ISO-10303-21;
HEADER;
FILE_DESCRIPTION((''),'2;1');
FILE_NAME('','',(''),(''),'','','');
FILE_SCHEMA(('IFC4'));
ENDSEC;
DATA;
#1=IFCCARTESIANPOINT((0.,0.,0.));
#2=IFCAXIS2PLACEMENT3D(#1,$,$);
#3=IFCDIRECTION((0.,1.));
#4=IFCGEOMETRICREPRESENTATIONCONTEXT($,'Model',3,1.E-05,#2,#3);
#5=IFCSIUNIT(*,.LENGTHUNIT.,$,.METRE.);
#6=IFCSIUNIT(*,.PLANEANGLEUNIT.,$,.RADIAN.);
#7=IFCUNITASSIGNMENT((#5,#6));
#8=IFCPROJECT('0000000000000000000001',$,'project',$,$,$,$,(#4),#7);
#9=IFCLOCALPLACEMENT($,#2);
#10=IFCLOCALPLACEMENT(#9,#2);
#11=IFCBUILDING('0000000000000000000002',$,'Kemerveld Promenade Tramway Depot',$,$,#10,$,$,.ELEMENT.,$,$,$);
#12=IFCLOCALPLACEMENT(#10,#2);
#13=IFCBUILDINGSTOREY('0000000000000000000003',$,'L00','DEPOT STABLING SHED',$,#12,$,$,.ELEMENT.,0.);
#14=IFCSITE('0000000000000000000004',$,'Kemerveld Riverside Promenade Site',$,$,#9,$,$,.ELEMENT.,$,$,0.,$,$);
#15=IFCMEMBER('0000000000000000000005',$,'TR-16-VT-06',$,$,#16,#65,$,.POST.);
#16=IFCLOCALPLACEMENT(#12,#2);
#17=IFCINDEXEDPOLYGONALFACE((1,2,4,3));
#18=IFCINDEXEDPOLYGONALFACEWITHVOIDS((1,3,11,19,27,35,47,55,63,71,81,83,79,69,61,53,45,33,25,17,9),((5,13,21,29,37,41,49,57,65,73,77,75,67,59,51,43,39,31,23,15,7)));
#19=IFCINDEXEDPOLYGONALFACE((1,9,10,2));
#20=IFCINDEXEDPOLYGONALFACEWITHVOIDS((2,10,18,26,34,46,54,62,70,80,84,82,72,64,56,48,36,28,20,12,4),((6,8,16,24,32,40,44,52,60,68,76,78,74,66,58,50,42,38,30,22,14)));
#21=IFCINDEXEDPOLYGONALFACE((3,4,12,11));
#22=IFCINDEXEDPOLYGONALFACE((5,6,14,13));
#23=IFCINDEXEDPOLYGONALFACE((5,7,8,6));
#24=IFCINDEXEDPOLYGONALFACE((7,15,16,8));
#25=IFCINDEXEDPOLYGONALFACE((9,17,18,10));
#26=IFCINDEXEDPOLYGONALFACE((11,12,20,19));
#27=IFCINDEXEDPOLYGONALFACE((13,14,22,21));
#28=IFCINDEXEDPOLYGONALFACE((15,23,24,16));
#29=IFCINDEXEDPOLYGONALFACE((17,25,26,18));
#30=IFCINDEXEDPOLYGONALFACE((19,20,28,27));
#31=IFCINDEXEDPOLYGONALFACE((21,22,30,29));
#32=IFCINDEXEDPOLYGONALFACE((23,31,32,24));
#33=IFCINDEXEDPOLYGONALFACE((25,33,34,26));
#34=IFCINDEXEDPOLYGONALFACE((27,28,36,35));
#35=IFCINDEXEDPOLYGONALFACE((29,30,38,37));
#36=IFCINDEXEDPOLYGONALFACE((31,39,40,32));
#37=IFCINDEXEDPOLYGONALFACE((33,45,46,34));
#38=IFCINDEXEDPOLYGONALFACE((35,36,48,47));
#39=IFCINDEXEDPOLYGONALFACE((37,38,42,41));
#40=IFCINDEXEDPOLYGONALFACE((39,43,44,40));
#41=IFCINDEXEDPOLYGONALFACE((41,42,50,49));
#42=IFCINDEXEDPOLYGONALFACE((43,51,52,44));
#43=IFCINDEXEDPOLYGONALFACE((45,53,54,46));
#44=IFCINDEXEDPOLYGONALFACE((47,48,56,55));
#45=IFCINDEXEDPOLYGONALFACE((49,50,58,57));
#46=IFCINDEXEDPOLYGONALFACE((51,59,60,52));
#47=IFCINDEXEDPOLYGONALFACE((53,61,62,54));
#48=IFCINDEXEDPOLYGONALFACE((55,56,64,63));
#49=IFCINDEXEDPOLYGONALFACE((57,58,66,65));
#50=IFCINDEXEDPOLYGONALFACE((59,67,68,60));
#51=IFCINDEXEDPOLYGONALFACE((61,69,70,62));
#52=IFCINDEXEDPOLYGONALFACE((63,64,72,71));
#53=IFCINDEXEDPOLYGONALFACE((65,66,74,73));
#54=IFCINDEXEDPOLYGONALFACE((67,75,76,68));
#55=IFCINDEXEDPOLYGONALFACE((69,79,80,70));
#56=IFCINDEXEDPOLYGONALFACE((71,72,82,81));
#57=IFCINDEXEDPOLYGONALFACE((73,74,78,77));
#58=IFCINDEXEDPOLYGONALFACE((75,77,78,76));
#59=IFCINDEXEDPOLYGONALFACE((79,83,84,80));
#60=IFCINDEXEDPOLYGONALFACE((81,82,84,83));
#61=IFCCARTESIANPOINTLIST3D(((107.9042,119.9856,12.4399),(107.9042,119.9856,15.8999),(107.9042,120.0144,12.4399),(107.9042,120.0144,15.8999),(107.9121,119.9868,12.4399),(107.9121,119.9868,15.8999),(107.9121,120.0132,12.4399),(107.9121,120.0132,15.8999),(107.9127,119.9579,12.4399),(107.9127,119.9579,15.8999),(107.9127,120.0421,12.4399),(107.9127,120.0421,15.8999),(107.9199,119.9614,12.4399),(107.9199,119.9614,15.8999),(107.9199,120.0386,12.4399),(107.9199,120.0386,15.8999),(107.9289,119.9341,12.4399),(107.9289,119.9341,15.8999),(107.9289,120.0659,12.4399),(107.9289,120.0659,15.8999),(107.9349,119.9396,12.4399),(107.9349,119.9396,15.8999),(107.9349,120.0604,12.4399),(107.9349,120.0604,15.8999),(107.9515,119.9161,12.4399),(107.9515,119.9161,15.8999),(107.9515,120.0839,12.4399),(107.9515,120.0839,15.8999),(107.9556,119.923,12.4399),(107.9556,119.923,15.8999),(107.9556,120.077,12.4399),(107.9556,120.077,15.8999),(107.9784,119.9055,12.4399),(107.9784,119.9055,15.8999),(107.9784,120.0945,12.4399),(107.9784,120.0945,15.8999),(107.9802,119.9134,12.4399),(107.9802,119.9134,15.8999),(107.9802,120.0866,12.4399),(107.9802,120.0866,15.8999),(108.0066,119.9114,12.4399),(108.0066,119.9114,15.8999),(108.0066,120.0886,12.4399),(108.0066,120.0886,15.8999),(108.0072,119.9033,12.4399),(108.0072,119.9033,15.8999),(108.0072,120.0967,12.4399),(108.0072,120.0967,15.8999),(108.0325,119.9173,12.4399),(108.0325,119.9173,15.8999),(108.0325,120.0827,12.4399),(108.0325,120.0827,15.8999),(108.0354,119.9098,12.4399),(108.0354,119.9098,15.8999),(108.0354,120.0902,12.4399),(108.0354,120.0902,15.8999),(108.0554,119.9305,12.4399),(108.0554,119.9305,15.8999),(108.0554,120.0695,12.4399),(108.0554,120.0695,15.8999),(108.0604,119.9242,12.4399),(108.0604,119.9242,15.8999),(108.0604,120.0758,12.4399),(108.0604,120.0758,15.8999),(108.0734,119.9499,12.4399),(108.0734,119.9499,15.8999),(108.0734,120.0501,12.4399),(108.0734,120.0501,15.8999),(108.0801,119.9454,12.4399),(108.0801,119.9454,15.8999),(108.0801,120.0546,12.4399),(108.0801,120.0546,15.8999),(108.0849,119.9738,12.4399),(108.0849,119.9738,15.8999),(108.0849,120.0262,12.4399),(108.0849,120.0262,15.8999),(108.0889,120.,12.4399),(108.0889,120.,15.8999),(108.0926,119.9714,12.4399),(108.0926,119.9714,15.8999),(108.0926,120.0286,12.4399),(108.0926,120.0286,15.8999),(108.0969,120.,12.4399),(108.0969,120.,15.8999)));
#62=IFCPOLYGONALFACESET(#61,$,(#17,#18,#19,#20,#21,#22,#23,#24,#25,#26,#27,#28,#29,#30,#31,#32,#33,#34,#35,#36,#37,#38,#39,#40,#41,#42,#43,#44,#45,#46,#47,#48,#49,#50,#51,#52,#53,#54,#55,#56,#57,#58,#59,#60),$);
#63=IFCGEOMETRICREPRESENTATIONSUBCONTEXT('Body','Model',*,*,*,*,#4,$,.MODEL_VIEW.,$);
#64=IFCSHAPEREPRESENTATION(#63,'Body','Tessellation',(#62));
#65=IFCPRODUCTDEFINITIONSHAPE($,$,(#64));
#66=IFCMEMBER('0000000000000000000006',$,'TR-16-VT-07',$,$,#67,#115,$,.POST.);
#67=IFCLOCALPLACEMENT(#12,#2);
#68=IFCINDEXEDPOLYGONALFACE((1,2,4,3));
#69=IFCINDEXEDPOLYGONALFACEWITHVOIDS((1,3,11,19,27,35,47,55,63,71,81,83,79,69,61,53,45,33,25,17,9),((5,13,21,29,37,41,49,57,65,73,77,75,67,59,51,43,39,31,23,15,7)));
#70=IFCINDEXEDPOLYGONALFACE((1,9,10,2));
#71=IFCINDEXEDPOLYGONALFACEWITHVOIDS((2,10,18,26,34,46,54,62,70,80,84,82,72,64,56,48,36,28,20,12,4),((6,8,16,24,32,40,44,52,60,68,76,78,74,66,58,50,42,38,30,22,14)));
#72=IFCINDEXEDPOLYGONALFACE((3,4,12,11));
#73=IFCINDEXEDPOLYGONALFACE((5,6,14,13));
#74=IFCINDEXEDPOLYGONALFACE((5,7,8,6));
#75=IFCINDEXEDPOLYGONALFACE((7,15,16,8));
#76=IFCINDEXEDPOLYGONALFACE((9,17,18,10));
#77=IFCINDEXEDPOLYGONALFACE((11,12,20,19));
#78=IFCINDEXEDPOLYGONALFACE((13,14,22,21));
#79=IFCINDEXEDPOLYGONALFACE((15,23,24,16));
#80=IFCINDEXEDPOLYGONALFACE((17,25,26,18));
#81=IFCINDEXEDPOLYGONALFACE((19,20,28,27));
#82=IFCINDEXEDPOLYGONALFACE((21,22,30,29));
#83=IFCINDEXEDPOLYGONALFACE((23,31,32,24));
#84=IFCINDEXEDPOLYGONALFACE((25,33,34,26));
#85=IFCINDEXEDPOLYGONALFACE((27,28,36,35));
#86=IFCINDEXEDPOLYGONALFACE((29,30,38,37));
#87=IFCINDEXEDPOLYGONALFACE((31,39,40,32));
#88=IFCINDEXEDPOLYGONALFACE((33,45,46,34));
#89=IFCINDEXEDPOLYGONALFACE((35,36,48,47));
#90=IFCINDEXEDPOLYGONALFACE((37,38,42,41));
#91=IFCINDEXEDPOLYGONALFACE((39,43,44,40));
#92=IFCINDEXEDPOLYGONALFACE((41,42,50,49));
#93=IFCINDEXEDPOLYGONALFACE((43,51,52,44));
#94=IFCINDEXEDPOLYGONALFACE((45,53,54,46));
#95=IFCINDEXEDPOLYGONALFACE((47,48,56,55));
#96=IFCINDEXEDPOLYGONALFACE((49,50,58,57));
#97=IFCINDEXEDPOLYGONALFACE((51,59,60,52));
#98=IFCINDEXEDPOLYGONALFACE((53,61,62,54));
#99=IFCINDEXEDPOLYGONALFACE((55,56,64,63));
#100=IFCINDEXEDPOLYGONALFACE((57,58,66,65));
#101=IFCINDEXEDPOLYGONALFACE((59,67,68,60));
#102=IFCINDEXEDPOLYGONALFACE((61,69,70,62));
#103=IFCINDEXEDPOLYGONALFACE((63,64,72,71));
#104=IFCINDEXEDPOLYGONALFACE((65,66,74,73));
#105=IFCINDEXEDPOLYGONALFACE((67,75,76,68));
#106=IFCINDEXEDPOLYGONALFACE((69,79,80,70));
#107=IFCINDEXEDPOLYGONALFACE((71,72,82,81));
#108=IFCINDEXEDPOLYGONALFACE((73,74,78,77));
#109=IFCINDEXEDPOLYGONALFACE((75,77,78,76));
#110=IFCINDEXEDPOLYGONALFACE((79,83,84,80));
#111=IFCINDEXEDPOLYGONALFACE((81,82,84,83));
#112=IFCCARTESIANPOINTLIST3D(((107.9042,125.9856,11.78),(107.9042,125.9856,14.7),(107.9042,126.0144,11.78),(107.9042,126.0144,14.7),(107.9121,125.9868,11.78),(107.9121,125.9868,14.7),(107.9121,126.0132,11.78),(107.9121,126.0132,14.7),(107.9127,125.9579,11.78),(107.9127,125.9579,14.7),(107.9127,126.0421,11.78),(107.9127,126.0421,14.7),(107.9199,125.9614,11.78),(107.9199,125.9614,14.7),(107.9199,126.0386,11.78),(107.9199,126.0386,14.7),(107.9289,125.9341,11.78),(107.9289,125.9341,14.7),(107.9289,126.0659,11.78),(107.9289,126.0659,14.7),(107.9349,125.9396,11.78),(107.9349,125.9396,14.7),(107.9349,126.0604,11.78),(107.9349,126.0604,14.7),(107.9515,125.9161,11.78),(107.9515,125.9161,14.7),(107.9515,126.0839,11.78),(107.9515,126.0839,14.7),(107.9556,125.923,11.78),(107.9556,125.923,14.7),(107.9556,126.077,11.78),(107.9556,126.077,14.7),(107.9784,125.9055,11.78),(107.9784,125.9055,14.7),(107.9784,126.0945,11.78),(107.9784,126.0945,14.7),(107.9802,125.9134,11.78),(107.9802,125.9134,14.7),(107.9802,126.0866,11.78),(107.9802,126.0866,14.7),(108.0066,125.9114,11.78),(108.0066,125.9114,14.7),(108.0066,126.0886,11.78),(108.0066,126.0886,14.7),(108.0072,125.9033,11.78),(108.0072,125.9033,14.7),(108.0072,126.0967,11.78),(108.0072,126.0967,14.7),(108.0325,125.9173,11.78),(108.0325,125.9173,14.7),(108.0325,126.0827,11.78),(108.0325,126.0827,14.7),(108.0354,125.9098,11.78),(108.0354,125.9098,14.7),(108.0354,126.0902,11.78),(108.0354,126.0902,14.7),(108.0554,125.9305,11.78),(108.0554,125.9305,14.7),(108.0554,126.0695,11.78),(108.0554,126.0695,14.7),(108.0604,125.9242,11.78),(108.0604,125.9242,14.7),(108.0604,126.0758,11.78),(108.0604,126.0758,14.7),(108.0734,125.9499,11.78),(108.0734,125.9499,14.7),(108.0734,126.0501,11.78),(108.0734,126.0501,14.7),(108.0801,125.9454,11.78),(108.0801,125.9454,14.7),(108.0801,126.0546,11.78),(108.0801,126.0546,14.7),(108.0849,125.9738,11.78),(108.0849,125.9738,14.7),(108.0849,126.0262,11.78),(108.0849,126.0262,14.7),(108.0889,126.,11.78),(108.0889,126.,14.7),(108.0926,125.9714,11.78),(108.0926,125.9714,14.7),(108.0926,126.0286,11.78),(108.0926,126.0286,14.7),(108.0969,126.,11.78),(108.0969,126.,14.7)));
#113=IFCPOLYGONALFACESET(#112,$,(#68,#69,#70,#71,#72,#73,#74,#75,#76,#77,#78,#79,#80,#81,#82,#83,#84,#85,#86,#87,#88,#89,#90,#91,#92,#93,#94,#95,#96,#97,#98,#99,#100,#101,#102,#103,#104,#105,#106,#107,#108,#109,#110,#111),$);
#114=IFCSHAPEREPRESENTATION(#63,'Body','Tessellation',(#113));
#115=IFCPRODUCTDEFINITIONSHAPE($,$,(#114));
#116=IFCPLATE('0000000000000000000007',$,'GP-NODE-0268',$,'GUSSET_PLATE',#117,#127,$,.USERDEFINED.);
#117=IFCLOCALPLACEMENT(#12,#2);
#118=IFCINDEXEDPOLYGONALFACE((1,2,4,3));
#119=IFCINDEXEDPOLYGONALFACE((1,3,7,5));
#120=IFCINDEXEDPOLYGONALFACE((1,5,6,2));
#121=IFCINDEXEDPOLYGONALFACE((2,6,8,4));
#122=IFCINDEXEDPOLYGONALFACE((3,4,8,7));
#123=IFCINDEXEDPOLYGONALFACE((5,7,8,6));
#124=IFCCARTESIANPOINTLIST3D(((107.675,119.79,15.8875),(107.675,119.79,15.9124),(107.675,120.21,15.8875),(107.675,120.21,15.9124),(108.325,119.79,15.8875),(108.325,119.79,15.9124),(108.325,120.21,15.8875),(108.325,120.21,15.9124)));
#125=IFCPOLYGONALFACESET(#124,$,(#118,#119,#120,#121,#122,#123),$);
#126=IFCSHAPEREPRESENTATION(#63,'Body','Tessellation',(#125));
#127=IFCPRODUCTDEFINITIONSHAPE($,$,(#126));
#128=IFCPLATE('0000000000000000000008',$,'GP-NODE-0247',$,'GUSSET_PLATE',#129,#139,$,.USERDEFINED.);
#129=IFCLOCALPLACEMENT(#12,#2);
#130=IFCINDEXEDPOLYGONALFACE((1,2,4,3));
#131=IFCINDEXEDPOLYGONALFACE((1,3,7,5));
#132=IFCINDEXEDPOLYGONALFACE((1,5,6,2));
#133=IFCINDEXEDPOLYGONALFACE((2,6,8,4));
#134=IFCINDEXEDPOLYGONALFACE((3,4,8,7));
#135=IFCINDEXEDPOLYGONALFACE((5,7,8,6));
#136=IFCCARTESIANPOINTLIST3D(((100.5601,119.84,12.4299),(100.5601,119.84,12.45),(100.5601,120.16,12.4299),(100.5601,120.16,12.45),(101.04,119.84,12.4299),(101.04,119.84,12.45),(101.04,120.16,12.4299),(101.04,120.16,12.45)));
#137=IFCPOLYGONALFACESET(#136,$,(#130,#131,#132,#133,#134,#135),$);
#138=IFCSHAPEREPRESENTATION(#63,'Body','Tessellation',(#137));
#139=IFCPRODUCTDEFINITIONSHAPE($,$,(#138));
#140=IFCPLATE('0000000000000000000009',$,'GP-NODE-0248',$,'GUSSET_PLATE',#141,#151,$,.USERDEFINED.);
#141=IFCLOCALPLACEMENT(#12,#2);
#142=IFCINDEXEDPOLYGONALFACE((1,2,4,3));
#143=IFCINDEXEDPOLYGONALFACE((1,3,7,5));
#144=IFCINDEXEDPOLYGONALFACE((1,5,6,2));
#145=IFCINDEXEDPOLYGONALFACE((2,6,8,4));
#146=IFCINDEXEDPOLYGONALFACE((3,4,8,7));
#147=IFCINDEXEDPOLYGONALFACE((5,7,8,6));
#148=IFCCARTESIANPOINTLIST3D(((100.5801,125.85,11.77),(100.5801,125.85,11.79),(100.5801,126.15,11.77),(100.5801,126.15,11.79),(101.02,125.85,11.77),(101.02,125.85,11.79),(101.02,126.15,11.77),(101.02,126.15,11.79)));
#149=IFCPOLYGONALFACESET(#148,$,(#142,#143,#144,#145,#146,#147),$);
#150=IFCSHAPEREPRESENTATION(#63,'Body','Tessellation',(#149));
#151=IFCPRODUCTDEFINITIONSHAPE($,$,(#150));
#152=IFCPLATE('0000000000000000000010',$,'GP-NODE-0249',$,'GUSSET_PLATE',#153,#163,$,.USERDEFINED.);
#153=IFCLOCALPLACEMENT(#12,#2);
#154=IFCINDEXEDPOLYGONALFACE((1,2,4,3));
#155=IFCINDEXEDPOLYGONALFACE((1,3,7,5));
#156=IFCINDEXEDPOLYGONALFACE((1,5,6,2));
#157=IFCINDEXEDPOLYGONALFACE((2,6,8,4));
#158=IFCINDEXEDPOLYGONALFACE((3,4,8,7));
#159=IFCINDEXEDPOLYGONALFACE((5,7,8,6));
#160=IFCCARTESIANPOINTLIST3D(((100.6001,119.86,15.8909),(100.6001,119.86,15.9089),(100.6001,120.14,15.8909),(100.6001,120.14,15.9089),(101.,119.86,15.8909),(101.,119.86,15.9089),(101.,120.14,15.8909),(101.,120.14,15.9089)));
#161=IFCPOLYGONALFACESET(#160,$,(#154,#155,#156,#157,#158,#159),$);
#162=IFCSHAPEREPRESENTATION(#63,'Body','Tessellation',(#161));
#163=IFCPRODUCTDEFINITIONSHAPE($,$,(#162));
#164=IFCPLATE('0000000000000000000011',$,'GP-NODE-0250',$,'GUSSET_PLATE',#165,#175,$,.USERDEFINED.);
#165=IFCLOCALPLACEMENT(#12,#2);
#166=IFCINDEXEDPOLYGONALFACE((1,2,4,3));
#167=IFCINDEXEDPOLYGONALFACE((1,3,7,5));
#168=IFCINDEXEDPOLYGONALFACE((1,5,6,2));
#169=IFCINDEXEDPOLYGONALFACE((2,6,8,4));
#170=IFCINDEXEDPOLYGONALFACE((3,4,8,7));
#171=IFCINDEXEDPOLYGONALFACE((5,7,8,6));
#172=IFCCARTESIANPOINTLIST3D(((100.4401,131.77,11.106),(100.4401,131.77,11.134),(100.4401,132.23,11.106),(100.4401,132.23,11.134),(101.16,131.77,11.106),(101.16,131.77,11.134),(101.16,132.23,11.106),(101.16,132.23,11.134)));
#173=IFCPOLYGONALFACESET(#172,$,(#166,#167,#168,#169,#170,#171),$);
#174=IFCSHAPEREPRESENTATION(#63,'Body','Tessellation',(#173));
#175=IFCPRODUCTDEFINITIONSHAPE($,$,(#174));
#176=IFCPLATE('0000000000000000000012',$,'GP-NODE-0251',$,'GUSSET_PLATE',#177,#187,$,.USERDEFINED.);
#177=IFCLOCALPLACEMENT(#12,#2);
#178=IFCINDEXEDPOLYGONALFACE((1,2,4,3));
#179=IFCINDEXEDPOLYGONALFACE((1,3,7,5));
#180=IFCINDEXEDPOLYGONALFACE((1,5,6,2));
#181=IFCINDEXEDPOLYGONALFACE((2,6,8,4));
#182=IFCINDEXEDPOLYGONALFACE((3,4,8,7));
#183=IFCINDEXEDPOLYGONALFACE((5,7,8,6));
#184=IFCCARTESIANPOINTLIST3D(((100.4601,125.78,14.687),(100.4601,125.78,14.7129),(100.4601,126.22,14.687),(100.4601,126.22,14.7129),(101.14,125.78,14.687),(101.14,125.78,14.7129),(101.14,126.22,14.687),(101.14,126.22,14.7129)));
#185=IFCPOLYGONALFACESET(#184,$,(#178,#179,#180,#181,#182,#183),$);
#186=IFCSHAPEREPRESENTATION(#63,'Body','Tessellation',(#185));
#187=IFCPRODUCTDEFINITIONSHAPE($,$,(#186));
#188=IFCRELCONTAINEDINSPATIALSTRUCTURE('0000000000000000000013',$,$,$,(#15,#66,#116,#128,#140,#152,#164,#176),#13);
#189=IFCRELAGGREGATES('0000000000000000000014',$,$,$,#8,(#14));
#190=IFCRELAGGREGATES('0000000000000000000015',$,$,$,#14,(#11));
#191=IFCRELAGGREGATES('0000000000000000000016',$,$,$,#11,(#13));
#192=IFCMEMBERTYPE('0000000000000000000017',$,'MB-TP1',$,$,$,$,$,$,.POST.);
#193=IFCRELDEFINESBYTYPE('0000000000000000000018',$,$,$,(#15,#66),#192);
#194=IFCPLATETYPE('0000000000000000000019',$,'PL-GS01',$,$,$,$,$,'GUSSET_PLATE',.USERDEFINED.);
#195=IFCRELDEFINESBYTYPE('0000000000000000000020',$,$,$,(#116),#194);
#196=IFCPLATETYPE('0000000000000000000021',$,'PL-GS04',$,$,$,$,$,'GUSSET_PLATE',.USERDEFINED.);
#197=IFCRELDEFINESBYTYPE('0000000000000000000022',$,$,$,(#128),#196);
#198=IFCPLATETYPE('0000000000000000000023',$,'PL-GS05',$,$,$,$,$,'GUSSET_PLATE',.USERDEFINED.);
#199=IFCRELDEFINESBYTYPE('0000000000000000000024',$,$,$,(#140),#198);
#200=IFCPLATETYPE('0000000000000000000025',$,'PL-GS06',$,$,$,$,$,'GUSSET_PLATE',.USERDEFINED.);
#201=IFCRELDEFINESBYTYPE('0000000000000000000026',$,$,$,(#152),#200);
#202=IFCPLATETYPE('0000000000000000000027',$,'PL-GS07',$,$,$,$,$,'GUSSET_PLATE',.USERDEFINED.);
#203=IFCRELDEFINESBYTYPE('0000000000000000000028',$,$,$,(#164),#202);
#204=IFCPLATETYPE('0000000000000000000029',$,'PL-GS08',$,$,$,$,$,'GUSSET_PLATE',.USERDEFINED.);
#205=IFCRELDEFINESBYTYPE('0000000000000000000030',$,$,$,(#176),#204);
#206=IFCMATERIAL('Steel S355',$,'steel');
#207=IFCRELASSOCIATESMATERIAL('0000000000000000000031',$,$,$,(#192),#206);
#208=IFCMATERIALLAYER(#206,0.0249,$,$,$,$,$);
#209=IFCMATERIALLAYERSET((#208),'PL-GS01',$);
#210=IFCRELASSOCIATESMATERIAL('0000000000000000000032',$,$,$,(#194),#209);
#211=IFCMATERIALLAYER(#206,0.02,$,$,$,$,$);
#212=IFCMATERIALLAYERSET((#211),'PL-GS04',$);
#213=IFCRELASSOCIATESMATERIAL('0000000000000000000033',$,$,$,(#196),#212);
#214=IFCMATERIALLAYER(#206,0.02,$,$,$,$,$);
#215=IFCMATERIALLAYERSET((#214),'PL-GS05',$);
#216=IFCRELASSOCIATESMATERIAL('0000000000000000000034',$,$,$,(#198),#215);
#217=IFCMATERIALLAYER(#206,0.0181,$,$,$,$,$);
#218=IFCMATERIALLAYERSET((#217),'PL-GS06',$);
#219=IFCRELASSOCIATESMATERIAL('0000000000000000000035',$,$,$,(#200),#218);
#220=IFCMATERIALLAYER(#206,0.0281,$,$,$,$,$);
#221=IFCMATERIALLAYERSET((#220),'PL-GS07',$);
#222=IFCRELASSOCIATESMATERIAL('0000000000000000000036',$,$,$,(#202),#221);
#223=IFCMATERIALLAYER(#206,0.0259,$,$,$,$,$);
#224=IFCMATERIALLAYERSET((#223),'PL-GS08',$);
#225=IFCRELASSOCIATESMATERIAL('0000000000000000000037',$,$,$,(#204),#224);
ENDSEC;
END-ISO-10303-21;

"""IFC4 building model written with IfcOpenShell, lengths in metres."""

from ifc_helpers import new_model, si_unit, direction, frame, origin, origin_2d, place, context, subcontext, project, spatial, rectangle, hollow_circle, extrude, material, layer, layer_set, material_profile, profile_set, type_object, element, save


model = new_model("IFC4")

# Units and contexts
model_context = context("Model", 3, precision=1e-05, world=origin(), true_north=direction((0.0, 1.0)))
body_context = subcontext(model_context, "Body", "Model", "MODEL_VIEW")
ifc_project = project(units=[si_unit("LENGTHUNIT", "METRE"), si_unit("PLANEANGLEUNIT", "RADIAN")], contexts=[model_context])

# Site, building, storey
site_placement = place(None, origin())
site = spatial("IfcSite", under=ifc_project, at=site_placement, Name="Kemerveld Riverside Promenade Site", CompositionType="ELEMENT", RefElevation=0.0)
building_placement = place(site_placement, origin())
building = spatial("IfcBuilding", under=site, at=building_placement, Name="Kemerveld Promenade Tramway Depot", CompositionType="ELEMENT")
storey_placement = place(building_placement, origin())
storey = spatial("IfcBuildingStorey", under=building, at=storey_placement, Name="L00", Description="DEPOT STABLING SHED", CompositionType="ELEMENT", Elevation=0.0)

# Members
ifc_material_1 = material(Name="Steel S355", Category="steel")
ifc_material_profile_1 = material_profile(ifc_material_1, hollow_circle(Radius=0.0969, WallThickness=0.0081, at=origin_2d()), Name="193.7x8.0 CHS")
ifc_profile_set_1 = profile_set([ifc_material_profile_1], Name="Steel S355")
member_type_1 = type_object("IfcMemberType", Name="MB-TP1", PredefinedType="POST", material=ifc_profile_set_1)
member_1_placement = place(storey_placement, frame((108.0, 120.0, 12.4399), z_axis=(0.0, 0.0, 1.0), x_axis=(1.0, 0.0, 0.0)))
element("IfcMember", 1, at=member_1_placement, inside=storey, type_object=member_type_1, Name="TR-16-VT-06", PredefinedType="POST", context=body_context, shape_type="SweptSolid", body=[
    extrude(hollow_circle(Radius=0.0969, WallThickness=0.0081, at=origin_2d()), origin(), (0.0, 0.0, 1.0), 3.46),
])
member_2_placement = place(storey_placement, frame((108.0, 126.0, 11.78), z_axis=(0.0, 0.0, 1.0), x_axis=(1.0, 0.0, 0.0)))
element("IfcMember", 2, at=member_2_placement, inside=storey, type_object=member_type_1, Name="TR-16-VT-07", PredefinedType="POST", context=body_context, shape_type="SweptSolid", body=[
    extrude(hollow_circle(Radius=0.0969, WallThickness=0.0081, at=origin_2d()), origin(), (0.0, 0.0, 1.0), 2.9199),
])

# Plates
ifc_layer_1 = layer(ifc_material_1, 0.0249)
ifc_layer_set_1 = layer_set([ifc_layer_1], Name="PL-GS01")
plate_type_1 = type_object("IfcPlateType", Name="PL-GS01", ElementType="GUSSET_PLATE", PredefinedType="USERDEFINED", material=ifc_layer_set_1)
plate_1_placement = place(storey_placement, frame((108.0, 120.0, 15.8875), z_axis=(0.0, 0.0, 1.0), x_axis=(1.0, 0.0, 0.0)))
element("IfcPlate", 3, at=plate_1_placement, inside=storey, type_object=plate_type_1, Name="GP-NODE-0268", ObjectType="GUSSET_PLATE", PredefinedType="USERDEFINED", context=body_context, shape_type="SweptSolid", body=[
    extrude(rectangle(XDim=0.6499, YDim=0.4199, at=origin_2d()), origin(), (0.0, 0.0, 1.0), 0.0249),
])
ifc_layer_2 = layer(ifc_material_1, 0.02)
ifc_layer_set_2 = layer_set([ifc_layer_2], Name="PL-GS04")
plate_type_2 = type_object("IfcPlateType", Name="PL-GS04", ElementType="GUSSET_PLATE", PredefinedType="USERDEFINED", material=ifc_layer_set_2)
plate_2_placement = place(storey_placement, frame((100.8, 120.0, 12.4299), z_axis=(0.0, 0.0, 1.0), x_axis=(1.0, 0.0, 0.0)))
element("IfcPlate", 4, at=plate_2_placement, inside=storey, type_object=plate_type_2, Name="GP-NODE-0247", ObjectType="GUSSET_PLATE", PredefinedType="USERDEFINED", context=body_context, shape_type="SweptSolid", body=[
    extrude(rectangle(XDim=0.48, YDim=0.3201, at=origin_2d()), origin(), (0.0, 0.0, 1.0), 0.02),
])
ifc_layer_3 = layer(ifc_material_1, 0.02)
ifc_layer_set_3 = layer_set([ifc_layer_3], Name="PL-GS05")
plate_type_3 = type_object("IfcPlateType", Name="PL-GS05", ElementType="GUSSET_PLATE", PredefinedType="USERDEFINED", material=ifc_layer_set_3)
plate_3_placement = place(storey_placement, frame((100.8, 126.0, 11.77), z_axis=(0.0, 0.0, 1.0), x_axis=(1.0, 0.0, 0.0)))
element("IfcPlate", 5, at=plate_3_placement, inside=storey, type_object=plate_type_3, Name="GP-NODE-0248", ObjectType="GUSSET_PLATE", PredefinedType="USERDEFINED", context=body_context, shape_type="SweptSolid", body=[
    extrude(rectangle(XDim=0.4399, YDim=0.3, at=origin_2d()), origin(), (0.0, 0.0, 1.0), 0.02),
])
ifc_layer_4 = layer(ifc_material_1, 0.0181)
ifc_layer_set_4 = layer_set([ifc_layer_4], Name="PL-GS06")
plate_type_4 = type_object("IfcPlateType", Name="PL-GS06", ElementType="GUSSET_PLATE", PredefinedType="USERDEFINED", material=ifc_layer_set_4)
plate_4_placement = place(storey_placement, frame((100.8, 120.0, 15.8909), z_axis=(0.0, 0.0, 1.0), x_axis=(1.0, 0.0, 0.0)))
element("IfcPlate", 6, at=plate_4_placement, inside=storey, type_object=plate_type_4, Name="GP-NODE-0249", ObjectType="GUSSET_PLATE", PredefinedType="USERDEFINED", context=body_context, shape_type="SweptSolid", body=[
    extrude(rectangle(XDim=0.3999, YDim=0.28, at=origin_2d()), origin(), (0.0, 0.0, 1.0), 0.0181),
])
ifc_layer_5 = layer(ifc_material_1, 0.0281)
ifc_layer_set_5 = layer_set([ifc_layer_5], Name="PL-GS07")
plate_type_5 = type_object("IfcPlateType", Name="PL-GS07", ElementType="GUSSET_PLATE", PredefinedType="USERDEFINED", material=ifc_layer_set_5)
plate_5_placement = place(storey_placement, frame((100.8, 132.0, 11.106), z_axis=(0.0, 0.0, 1.0), x_axis=(1.0, 0.0, 0.0)))
element("IfcPlate", 7, at=plate_5_placement, inside=storey, type_object=plate_type_5, Name="GP-NODE-0250", ObjectType="GUSSET_PLATE", PredefinedType="USERDEFINED", context=body_context, shape_type="SweptSolid", body=[
    extrude(rectangle(XDim=0.72, YDim=0.46, at=origin_2d()), origin(), (0.0, 0.0, 1.0), 0.0281),
])
ifc_layer_6 = layer(ifc_material_1, 0.0259)
ifc_layer_set_6 = layer_set([ifc_layer_6], Name="PL-GS08")
plate_type_6 = type_object("IfcPlateType", Name="PL-GS08", ElementType="GUSSET_PLATE", PredefinedType="USERDEFINED", material=ifc_layer_set_6)
plate_6_placement = place(storey_placement, frame((100.8, 126.0, 14.687), z_axis=(0.0, 0.0, 1.0), x_axis=(1.0, 0.0, 0.0)))
element("IfcPlate", 8, at=plate_6_placement, inside=storey, type_object=plate_type_6, Name="GP-NODE-0251", ObjectType="GUSSET_PLATE", PredefinedType="USERDEFINED", context=body_context, shape_type="SweptSolid", body=[
    extrude(rectangle(XDim=0.6799, YDim=0.4399, at=origin_2d()), origin(), (0.0, 0.0, 1.0), 0.0259),
])

save(model, "model.ifc")
